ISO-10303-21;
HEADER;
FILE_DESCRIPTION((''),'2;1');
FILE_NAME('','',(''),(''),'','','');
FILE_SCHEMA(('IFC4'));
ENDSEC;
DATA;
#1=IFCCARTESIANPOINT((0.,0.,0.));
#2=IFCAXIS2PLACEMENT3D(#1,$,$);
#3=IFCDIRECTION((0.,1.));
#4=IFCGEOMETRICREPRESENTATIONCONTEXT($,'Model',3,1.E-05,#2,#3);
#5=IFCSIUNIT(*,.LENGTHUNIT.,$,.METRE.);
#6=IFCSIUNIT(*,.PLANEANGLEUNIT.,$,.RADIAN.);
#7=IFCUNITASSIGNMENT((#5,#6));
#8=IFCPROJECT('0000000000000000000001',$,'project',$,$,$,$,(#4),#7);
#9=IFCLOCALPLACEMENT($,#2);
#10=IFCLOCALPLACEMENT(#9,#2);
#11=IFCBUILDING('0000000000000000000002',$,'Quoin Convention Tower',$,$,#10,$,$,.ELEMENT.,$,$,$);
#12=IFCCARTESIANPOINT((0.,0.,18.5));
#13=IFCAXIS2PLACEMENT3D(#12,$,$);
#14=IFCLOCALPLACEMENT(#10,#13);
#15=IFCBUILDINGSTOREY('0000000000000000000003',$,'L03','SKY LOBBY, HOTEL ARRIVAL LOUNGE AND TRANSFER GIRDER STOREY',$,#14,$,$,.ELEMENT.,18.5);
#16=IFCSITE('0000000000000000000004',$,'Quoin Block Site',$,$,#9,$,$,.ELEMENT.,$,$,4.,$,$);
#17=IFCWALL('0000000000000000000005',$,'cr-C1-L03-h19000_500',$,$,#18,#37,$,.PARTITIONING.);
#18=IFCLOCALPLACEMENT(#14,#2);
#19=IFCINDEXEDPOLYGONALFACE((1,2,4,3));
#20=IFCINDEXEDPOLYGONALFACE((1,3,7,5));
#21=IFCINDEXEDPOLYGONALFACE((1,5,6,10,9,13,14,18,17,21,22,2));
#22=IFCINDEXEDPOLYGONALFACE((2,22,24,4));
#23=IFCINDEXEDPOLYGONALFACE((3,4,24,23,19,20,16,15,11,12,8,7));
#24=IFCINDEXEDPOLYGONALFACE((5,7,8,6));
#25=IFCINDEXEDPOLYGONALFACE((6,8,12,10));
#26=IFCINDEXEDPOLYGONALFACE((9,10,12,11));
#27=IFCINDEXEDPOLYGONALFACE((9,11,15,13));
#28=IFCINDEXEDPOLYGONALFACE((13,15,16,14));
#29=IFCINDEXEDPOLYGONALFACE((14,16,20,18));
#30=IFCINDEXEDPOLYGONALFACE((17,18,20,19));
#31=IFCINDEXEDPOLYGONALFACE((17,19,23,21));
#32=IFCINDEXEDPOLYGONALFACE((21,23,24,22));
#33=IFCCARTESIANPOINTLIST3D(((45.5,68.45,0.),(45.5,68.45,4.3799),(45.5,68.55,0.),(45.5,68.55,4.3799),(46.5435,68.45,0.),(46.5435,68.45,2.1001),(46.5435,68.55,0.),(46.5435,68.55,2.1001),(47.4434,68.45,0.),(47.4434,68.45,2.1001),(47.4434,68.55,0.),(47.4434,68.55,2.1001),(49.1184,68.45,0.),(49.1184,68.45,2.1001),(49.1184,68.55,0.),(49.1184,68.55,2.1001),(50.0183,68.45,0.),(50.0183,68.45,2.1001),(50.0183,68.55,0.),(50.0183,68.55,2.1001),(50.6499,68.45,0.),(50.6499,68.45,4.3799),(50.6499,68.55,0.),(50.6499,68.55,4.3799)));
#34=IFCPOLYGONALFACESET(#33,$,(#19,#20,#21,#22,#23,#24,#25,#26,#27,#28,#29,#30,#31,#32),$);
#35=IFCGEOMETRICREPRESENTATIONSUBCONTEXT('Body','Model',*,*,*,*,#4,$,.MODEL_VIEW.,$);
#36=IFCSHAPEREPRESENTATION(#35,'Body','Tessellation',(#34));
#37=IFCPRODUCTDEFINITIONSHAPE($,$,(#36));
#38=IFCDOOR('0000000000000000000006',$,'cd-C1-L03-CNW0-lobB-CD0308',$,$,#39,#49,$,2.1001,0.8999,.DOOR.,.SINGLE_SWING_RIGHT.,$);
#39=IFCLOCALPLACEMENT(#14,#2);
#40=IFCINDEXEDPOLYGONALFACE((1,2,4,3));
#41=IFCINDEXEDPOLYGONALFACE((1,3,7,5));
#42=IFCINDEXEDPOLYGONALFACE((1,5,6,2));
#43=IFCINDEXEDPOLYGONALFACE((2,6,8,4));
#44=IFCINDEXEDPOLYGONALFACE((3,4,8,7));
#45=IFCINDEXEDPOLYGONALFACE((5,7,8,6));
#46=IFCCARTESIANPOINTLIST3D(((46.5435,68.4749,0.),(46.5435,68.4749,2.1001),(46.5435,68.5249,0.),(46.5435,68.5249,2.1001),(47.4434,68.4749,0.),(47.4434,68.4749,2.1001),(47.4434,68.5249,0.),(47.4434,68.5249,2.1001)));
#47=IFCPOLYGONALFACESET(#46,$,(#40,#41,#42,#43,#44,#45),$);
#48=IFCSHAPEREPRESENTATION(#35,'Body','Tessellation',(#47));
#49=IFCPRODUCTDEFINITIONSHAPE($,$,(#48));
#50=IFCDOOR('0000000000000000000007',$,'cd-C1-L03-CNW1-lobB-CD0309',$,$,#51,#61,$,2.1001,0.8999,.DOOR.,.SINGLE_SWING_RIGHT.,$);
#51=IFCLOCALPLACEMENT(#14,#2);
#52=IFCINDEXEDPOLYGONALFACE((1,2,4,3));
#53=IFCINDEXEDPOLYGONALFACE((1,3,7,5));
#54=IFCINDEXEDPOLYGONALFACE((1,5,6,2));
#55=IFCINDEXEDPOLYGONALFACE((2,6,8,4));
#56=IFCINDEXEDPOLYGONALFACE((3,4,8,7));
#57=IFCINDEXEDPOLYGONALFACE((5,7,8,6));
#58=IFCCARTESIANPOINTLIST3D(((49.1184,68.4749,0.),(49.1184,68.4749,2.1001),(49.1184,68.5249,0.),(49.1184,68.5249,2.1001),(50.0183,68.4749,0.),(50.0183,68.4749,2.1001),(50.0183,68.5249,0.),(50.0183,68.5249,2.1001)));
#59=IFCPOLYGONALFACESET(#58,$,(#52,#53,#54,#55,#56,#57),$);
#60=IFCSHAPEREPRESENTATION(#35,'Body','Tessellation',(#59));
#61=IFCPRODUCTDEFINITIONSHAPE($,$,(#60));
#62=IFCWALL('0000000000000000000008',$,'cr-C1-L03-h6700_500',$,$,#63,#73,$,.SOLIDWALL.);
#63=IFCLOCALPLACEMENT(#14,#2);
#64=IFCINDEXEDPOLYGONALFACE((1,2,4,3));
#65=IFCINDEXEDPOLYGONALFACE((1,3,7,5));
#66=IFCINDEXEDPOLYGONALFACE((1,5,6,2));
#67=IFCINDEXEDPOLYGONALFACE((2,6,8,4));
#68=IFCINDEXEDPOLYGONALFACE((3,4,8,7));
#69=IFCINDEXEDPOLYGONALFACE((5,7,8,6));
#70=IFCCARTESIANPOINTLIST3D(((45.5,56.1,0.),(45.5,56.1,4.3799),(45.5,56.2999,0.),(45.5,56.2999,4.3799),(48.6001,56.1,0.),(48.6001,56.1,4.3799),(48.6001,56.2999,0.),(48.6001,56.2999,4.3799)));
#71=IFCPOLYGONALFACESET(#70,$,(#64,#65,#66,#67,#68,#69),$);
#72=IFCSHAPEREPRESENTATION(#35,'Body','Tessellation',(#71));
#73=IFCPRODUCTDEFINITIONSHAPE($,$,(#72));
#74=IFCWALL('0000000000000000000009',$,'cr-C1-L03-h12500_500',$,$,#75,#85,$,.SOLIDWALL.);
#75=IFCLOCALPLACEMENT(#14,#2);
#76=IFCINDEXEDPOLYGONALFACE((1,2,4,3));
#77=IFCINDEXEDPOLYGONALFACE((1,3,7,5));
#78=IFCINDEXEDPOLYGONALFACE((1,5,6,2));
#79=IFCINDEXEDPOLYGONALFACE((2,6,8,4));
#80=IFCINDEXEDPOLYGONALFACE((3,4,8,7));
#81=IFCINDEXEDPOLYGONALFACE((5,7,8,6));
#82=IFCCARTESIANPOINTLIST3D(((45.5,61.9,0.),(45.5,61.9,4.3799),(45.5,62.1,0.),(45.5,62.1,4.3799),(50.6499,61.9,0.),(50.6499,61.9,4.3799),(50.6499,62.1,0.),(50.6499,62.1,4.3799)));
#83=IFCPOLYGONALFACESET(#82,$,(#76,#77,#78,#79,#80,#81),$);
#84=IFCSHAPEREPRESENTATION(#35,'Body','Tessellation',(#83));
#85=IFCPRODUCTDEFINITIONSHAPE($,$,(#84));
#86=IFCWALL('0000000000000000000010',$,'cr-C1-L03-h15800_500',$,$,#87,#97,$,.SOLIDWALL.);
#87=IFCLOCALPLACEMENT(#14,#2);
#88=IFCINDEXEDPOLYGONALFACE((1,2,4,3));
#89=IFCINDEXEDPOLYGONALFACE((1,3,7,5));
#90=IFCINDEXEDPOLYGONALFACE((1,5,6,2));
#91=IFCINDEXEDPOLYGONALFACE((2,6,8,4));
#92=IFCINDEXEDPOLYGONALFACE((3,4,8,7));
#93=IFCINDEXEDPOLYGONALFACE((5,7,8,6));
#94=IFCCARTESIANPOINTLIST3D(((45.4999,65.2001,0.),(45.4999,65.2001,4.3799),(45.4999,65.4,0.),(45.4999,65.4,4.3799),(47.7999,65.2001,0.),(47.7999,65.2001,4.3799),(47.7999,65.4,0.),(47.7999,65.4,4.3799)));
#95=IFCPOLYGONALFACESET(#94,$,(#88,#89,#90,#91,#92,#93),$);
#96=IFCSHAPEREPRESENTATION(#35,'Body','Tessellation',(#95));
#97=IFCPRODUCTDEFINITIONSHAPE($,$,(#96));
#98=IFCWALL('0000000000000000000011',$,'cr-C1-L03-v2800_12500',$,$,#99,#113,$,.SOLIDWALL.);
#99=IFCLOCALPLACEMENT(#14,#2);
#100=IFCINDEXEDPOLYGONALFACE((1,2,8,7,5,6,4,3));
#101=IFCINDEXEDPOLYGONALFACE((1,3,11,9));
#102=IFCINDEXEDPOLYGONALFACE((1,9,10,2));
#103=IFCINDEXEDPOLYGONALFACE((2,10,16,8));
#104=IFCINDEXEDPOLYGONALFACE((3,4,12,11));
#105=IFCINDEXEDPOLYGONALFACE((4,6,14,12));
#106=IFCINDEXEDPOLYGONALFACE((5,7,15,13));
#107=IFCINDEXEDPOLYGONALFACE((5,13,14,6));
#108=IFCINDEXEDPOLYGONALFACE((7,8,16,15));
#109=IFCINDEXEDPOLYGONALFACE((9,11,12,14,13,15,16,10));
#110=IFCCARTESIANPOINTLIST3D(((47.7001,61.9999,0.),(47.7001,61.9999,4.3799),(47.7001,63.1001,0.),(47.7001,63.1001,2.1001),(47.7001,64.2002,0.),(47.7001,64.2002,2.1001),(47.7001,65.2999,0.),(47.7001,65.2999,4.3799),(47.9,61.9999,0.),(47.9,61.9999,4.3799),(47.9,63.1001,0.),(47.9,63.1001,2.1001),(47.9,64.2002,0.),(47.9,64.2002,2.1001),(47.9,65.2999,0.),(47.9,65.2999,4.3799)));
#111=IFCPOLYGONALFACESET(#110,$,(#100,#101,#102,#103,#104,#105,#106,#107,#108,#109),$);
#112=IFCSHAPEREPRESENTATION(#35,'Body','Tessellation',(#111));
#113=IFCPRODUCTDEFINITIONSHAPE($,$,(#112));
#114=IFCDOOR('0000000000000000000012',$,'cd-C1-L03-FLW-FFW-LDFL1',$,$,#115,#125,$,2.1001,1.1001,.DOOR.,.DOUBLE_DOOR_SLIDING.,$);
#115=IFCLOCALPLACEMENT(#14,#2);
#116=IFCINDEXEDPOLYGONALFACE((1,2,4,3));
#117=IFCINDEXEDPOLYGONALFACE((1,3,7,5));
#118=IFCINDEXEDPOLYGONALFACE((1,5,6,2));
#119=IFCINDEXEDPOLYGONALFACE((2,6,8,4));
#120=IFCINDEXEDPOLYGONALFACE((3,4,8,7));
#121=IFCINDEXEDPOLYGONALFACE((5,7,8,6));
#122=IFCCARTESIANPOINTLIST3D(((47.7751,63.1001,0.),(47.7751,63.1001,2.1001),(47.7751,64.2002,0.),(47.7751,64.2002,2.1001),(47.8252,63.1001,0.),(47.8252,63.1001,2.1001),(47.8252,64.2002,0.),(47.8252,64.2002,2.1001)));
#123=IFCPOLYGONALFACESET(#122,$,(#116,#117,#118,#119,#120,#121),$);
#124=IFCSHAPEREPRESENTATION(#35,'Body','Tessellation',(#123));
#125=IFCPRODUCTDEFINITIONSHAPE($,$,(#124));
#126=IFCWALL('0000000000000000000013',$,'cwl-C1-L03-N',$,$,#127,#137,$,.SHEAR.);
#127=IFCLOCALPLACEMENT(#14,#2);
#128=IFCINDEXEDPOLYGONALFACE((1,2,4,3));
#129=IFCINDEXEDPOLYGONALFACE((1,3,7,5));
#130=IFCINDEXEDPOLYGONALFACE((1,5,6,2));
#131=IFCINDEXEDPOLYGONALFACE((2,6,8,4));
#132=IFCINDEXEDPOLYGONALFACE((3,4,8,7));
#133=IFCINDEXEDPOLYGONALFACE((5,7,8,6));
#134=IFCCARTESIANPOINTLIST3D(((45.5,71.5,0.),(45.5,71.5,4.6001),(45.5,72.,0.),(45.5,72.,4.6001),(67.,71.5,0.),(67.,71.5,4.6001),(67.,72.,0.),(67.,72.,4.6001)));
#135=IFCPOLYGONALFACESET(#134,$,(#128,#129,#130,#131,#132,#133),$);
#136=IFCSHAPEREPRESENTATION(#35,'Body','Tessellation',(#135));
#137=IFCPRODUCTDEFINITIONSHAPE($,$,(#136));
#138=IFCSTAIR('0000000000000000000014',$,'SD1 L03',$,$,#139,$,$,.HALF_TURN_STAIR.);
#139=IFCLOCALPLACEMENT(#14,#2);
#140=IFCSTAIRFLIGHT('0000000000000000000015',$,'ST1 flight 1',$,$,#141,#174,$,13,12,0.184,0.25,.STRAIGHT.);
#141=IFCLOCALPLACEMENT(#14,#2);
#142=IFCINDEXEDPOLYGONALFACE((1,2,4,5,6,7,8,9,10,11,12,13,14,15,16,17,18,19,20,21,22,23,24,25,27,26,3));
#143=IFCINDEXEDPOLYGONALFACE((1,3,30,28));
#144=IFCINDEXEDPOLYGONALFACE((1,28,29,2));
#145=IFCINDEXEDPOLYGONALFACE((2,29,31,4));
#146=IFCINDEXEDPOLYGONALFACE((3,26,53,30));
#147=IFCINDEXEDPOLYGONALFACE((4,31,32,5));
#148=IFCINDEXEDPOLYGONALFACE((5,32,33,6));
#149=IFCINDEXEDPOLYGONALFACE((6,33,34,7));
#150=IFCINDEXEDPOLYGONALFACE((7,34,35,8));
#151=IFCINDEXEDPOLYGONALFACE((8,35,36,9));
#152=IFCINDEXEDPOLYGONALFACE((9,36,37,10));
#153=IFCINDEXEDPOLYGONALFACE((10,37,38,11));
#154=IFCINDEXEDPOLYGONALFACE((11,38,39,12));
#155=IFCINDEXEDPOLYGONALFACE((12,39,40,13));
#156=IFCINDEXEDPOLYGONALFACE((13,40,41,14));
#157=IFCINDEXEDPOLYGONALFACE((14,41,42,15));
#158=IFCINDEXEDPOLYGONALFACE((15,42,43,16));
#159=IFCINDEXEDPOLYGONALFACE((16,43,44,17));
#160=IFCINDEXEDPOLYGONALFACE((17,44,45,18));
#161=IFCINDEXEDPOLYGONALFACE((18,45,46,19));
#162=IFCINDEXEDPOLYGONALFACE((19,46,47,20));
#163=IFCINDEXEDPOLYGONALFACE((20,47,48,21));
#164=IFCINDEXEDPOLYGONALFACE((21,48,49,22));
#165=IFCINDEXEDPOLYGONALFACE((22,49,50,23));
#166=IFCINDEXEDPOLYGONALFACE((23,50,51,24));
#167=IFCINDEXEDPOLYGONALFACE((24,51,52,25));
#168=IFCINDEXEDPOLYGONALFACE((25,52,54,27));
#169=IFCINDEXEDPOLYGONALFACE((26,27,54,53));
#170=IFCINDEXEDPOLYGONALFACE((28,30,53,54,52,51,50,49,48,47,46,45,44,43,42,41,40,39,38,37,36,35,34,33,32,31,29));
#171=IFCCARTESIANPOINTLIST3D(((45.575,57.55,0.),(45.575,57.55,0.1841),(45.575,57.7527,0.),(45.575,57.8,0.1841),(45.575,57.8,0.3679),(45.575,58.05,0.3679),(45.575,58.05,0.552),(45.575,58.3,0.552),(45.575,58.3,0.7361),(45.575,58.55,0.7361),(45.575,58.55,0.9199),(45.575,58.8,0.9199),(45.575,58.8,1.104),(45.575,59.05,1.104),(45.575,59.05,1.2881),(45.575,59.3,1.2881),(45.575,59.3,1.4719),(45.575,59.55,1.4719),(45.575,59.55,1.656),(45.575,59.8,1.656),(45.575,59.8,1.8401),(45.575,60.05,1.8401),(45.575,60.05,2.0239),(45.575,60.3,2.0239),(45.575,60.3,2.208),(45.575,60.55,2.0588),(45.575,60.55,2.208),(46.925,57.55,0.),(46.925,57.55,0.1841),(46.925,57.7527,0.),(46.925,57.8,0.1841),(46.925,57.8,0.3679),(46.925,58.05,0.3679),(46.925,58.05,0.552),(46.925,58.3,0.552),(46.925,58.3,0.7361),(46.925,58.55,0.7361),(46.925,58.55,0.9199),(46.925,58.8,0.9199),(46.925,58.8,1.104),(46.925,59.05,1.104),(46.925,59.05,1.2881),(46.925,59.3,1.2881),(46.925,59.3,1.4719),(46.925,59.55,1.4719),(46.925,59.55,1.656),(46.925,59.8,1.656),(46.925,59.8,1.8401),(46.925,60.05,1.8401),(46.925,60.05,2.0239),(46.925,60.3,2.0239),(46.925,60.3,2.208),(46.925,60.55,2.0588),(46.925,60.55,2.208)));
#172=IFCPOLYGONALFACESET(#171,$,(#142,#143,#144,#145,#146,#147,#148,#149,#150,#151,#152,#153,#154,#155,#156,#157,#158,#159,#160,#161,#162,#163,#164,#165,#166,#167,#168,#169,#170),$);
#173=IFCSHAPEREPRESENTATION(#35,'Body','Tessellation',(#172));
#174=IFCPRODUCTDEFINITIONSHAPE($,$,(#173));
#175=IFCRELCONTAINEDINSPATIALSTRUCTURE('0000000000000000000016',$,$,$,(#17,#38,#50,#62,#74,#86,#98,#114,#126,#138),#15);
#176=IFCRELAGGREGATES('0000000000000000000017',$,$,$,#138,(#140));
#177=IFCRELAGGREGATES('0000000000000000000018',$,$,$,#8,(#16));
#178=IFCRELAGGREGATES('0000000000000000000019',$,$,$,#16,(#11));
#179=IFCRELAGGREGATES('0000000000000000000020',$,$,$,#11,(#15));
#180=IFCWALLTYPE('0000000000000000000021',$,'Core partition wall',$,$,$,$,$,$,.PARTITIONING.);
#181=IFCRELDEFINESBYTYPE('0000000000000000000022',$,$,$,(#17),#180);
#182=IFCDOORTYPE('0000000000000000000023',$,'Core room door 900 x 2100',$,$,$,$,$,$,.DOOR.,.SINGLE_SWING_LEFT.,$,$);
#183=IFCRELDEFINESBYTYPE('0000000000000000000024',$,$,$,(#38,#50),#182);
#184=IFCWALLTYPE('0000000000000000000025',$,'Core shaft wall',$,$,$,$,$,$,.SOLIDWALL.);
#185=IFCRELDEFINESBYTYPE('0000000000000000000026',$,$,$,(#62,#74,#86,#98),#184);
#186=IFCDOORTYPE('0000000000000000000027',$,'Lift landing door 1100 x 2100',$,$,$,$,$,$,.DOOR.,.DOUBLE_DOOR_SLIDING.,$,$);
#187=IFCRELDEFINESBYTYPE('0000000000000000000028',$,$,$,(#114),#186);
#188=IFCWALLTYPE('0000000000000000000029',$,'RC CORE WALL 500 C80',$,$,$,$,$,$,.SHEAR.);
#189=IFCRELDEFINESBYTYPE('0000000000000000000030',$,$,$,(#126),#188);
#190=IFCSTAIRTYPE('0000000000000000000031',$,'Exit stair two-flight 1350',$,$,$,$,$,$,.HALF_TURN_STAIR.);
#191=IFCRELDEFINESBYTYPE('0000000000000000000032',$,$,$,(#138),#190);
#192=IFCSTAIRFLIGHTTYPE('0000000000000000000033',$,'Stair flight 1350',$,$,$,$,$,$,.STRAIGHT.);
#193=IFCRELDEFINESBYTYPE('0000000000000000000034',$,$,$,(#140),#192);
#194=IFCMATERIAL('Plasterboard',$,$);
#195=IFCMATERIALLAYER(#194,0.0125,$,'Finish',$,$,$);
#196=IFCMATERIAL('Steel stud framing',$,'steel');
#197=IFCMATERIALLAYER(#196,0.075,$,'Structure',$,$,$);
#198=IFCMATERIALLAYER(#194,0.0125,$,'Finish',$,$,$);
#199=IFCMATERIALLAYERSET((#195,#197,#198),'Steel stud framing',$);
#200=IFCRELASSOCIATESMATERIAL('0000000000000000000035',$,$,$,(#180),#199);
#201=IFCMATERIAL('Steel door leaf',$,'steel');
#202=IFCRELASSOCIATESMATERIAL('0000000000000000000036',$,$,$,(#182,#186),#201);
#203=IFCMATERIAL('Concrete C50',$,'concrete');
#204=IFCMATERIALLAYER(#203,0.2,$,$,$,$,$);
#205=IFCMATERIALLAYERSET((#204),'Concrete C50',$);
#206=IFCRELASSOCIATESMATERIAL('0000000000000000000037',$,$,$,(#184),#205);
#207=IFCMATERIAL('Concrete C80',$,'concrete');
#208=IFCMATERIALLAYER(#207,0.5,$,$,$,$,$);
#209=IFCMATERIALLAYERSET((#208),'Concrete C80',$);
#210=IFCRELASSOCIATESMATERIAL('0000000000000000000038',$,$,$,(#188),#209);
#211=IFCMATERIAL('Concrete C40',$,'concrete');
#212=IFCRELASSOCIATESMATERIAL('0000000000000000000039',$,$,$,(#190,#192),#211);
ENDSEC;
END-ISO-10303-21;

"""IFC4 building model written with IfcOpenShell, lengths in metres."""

from ifc_helpers import new_model, si_unit, direction, frame, frame_2d, origin, place, context, subcontext, project, spatial, polyline, rectangle, outline, extrude, material, layer, layer_set, type_object, element, fill, aggregate, save


model = new_model("IFC4")

# Units and contexts
model_context = context("Model", 3, precision=1e-05, world=origin(), true_north=direction((0.0, 1.0)))
body_context = subcontext(model_context, "Body", "Model", "MODEL_VIEW")
ifc_project = project(units=[si_unit("LENGTHUNIT", "METRE"), si_unit("PLANEANGLEUNIT", "RADIAN")], contexts=[model_context])

# Site, building, storey
site_placement = place(None, origin())
site = spatial("IfcSite", under=ifc_project, at=site_placement, Name="Quoin Block Site", CompositionType="ELEMENT", RefElevation=4.0)
building_placement = place(site_placement, origin())
building = spatial("IfcBuilding", under=site, at=building_placement, Name="Quoin Convention Tower", CompositionType="ELEMENT")
storey_placement = place(building_placement, frame((0.0, 0.0, 18.5)))
storey = spatial("IfcBuildingStorey", under=building, at=storey_placement, Name="L03", Description="SKY LOBBY, HOTEL ARRIVAL LOUNGE AND TRANSFER GIRDER STOREY", CompositionType="ELEMENT", Elevation=18.5)

# Shared definitions
ifc_material_1 = material(Name="Concrete C80", Category="concrete")

# Wall, openings, doors
ifc_material_2 = material(Name="Plasterboard")
ifc_layer_1 = layer(ifc_material_2, 0.0125, Name="Finish")
ifc_material_3 = material(Name="Steel stud framing", Category="steel")
ifc_layer_2 = layer(ifc_material_3, 0.075, Name="Structure")
ifc_layer_3 = layer(ifc_material_2, 0.0125, Name="Finish")
ifc_layer_set_1 = layer_set([ifc_layer_1, ifc_layer_2, ifc_layer_3], Name="Steel stud framing")
wall_type_1 = type_object("IfcWallType", Name="Core partition wall", PredefinedType="PARTITIONING", material=ifc_layer_set_1)
wall_1_placement = place(storey_placement, frame((45.5, 68.5, 0.0), z_axis=(0.0, 0.0, 1.0), x_axis=(1.0, 0.0, 0.0)))
wall_1 = element("IfcWall", 1, at=wall_1_placement, inside=storey, type_object=wall_type_1, Name="cr-C1-L03-h19000_500", PredefinedType="PARTITIONING", context=body_context, shape_type="SweptSolid", body=[
    extrude(rectangle(XDim=5.1499, YDim=0.1001, at=frame_2d((2.575, 0.0))), origin(), (0.0, 0.0, 1.0), 4.3799),
])
opening_1_placement = place(wall_1_placement, frame((1.0435, 0.0, 0.0)))
opening_1 = element("IfcOpeningElement", 2, at=opening_1_placement, cuts=wall_1, PredefinedType="OPENING", context=body_context, shape_type="SweptSolid", body=[
    extrude(rectangle(XDim=0.8999, YDim=2.1001, at=frame_2d((0.45, 1.05))), frame((0.0, 0.0601, 0.0), z_axis=(0.0, -1.0, 0.0), x_axis=(1.0, 0.0, 0.0)), (0.0, 0.0, 1.0), 0.1201),
])
opening_2_placement = place(wall_1_placement, frame((3.6184, 0.0, 0.0)))
opening_2 = element("IfcOpeningElement", 3, at=opening_2_placement, cuts=wall_1, PredefinedType="OPENING", context=body_context, shape_type="SweptSolid", body=[
    extrude(rectangle(XDim=0.8999, YDim=2.1001, at=frame_2d((0.45, 1.05))), frame((0.0, 0.0601, 0.0), z_axis=(0.0, -1.0, 0.0), x_axis=(1.0, 0.0, 0.0)), (0.0, 0.0, 1.0), 0.1201),
])
ifc_material_4 = material(Name="Steel door leaf", Category="steel")
door_type_1 = type_object("IfcDoorType", Name="Core room door 900 x 2100", OperationType="SINGLE_SWING_LEFT", PredefinedType="DOOR", material=ifc_material_4)
door_1_placement = place(opening_1_placement, origin())
door_1 = element("IfcDoor", 4, at=door_1_placement, inside=storey, type_object=door_type_1, Name="cd-C1-L03-CNW0-lobB-CD0308", OperationType="SINGLE_SWING_RIGHT", OverallHeight=2.1001, OverallWidth=0.8999, PredefinedType="DOOR", context=body_context, shape_type="SweptSolid", body=[
    extrude(rectangle(XDim=0.8999, YDim=2.1001, at=frame_2d((0.45, 1.05))), frame((0.0, 0.0249, 0.0), z_axis=(0.0, -1.0, 0.0), x_axis=(1.0, 0.0, 0.0)), (0.0, 0.0, 1.0), 0.05),
])
fill(opening_1, door_1)
door_2_placement = place(opening_2_placement, origin())
door_2 = element("IfcDoor", 5, at=door_2_placement, inside=storey, type_object=door_type_1, Name="cd-C1-L03-CNW1-lobB-CD0309", OperationType="SINGLE_SWING_RIGHT", OverallHeight=2.1001, OverallWidth=0.8999, PredefinedType="DOOR", context=body_context, shape_type="SweptSolid", body=[
    extrude(rectangle(XDim=0.8999, YDim=2.1001, at=frame_2d((0.45, 1.05))), frame((0.0, 0.0249, 0.0), z_axis=(0.0, -1.0, 0.0), x_axis=(1.0, 0.0, 0.0)), (0.0, 0.0, 1.0), 0.05),
])
fill(opening_2, door_2)

# Walls
ifc_material_5 = material(Name="Concrete C50", Category="concrete")
ifc_layer_4 = layer(ifc_material_5, 0.2)
ifc_layer_set_2 = layer_set([ifc_layer_4], Name="Concrete C50")
wall_type_2 = type_object("IfcWallType", Name="Core shaft wall", PredefinedType="SOLIDWALL", material=ifc_layer_set_2)
wall_2_placement = place(storey_placement, frame((45.5, 56.2, 0.0), z_axis=(0.0, 0.0, 1.0), x_axis=(1.0, 0.0, 0.0)))
element("IfcWall", 6, at=wall_2_placement, inside=storey, type_object=wall_type_2, Name="cr-C1-L03-h6700_500", PredefinedType="SOLIDWALL", context=body_context, shape_type="SweptSolid", body=[
    extrude(rectangle(XDim=3.1001, YDim=0.2, at=frame_2d((1.55, 0.0))), origin(), (0.0, 0.0, 1.0), 4.3799),
])
wall_3_placement = place(storey_placement, frame((45.5, 62.0, 0.0), z_axis=(0.0, 0.0, 1.0), x_axis=(1.0, 0.0, 0.0)))
element("IfcWall", 7, at=wall_3_placement, inside=storey, type_object=wall_type_2, Name="cr-C1-L03-h12500_500", PredefinedType="SOLIDWALL", context=body_context, shape_type="SweptSolid", body=[
    extrude(rectangle(XDim=5.1499, YDim=0.2, at=frame_2d((2.575, 0.0))), origin(), (0.0, 0.0, 1.0), 4.3799),
])
wall_4_placement = place(storey_placement, frame((45.5, 65.3, 0.0), z_axis=(0.0, 0.0, 1.0), x_axis=(1.0, 0.0, 0.0)))
element("IfcWall", 8, at=wall_4_placement, inside=storey, type_object=wall_type_2, Name="cr-C1-L03-h15800_500", PredefinedType="SOLIDWALL", context=body_context, shape_type="SweptSolid", body=[
    extrude(rectangle(XDim=2.3, YDim=0.2, at=frame_2d((1.1499, 0.0))), origin(), (0.0, 0.0, 1.0), 4.3799),
])

# Wall, opening, door
wall_5_placement = place(storey_placement, frame((47.8, 62.0, 0.0), z_axis=(0.0, 0.0, 1.0), x_axis=(0.0, 1.0, 0.0)))
wall_5 = element("IfcWall", 9, at=wall_5_placement, inside=storey, type_object=wall_type_2, Name="cr-C1-L03-v2800_12500", PredefinedType="SOLIDWALL", context=body_context, shape_type="SweptSolid", body=[
    extrude(rectangle(XDim=3.3, YDim=0.2, at=frame_2d((1.6499, 0.0))), origin(), (0.0, 0.0, 1.0), 4.3799),
])
opening_3_placement = place(wall_5_placement, frame((1.1001, 0.0, 0.0)))
opening_3 = element("IfcOpeningElement", 10, at=opening_3_placement, cuts=wall_5, PredefinedType="OPENING", context=body_context, shape_type="SweptSolid", body=[
    extrude(rectangle(XDim=1.1001, YDim=2.1001, at=frame_2d((0.55, 1.05))), frame((0.0, 0.1099, 0.0), z_axis=(0.0, -1.0, 0.0), x_axis=(1.0, 0.0, 0.0)), (0.0, 0.0, 1.0), 0.22),
])
door_type_2 = type_object("IfcDoorType", Name="Lift landing door 1100 x 2100", OperationType="DOUBLE_DOOR_SLIDING", PredefinedType="DOOR", material=ifc_material_4)
door_3_placement = place(opening_3_placement, origin())
door_3 = element("IfcDoor", 11, at=door_3_placement, inside=storey, type_object=door_type_2, Name="cd-C1-L03-FLW-FFW-LDFL1", OperationType="DOUBLE_DOOR_SLIDING", OverallHeight=2.1001, OverallWidth=1.1001, PredefinedType="DOOR", context=body_context, shape_type="SweptSolid", body=[
    extrude(rectangle(XDim=1.1001, YDim=2.1001, at=frame_2d((0.55, 1.05))), frame((0.0, 0.0249, 0.0), z_axis=(0.0, -1.0, 0.0), x_axis=(1.0, 0.0, 0.0)), (0.0, 0.0, 1.0), 0.05),
])
fill(opening_3, door_3)

# Wall
ifc_layer_5 = layer(ifc_material_1, 0.5)
ifc_layer_set_3 = layer_set([ifc_layer_5], Name="Concrete C80")
wall_type_3 = type_object("IfcWallType", Name="RC CORE WALL 500 C80", PredefinedType="SHEAR", material=ifc_layer_set_3)
wall_6_placement = place(storey_placement, frame((45.5, 71.75, 0.0), z_axis=(0.0, 0.0, 1.0), x_axis=(1.0, 0.0, 0.0)))
element("IfcWall", 12, at=wall_6_placement, inside=storey, type_object=wall_type_3, Name="cwl-C1-L03-N", PredefinedType="SHEAR", context=body_context, shape_type="SweptSolid", body=[
    extrude(rectangle(XDim=21.5, YDim=0.5, at=frame_2d((10.75, 0.0))), origin(), (0.0, 0.0, 1.0), 4.6001),
])

# Stair, stair flight
ifc_material_6 = material(Name="Concrete C40", Category="concrete")
stair_type = type_object("IfcStairType", Name="Exit stair two-flight 1350", PredefinedType="HALF_TURN_STAIR", material=ifc_material_6)
stair_placement = place(storey_placement, origin())
stair = element("IfcStair", 13, at=stair_placement, inside=storey, type_object=stair_type, Name="SD1 L03", PredefinedType="HALF_TURN_STAIR")
stair_flight_type = type_object("IfcStairFlightType", Name="Stair flight 1350", PredefinedType="STRAIGHT", material=ifc_material_6)
stair_flight_1_placement = place(storey_placement, frame((46.25, 57.55, 0.0), z_axis=(0.0, 0.0, 1.0), x_axis=(0.0, 1.0, 0.0)))
stair_flight_1 = element("IfcStairFlight", 14, at=stair_flight_1_placement, type_object=stair_flight_type, Name="ST1 flight 1", NumberOfRisers=13, NumberOfTreads=12, PredefinedType="STRAIGHT", RiserHeight=0.184, TreadLength=0.25, context=body_context, shape_type="SweptSolid", body=[
    extrude(outline(polyline([(0.0, 0.0), (0.0, 0.1841), (0.25, 0.1841), (0.25, 0.3679), (0.5, 0.3679), (0.5, 0.552), (0.75, 0.552), (0.75, 0.7361), (1.0, 0.7361), (1.0, 0.9199), (1.25, 0.9199), (1.25, 1.104), (1.5, 1.104), (1.5, 1.2881), (1.75, 1.2881), (1.75, 1.4719), (2.0, 1.4719), (2.0, 1.656), (2.25, 1.656), (2.25, 1.8401), (2.5, 1.8401), (2.5, 2.0239), (2.75, 2.0239), (2.75, 2.208), (3.0, 2.208), (3.0, 2.3921), (3.0, 2.0588), (0.2026, 0.0), (0.0, 0.0)])), frame((0.0, 0.675, 0.0), z_axis=(0.0, -1.0, 0.0), x_axis=(1.0, 0.0, 0.0)), (0.0, 0.0, 1.0), 1.3501),
])
aggregate(stair, [stair_flight_1])

save(model, "model.ifc")
